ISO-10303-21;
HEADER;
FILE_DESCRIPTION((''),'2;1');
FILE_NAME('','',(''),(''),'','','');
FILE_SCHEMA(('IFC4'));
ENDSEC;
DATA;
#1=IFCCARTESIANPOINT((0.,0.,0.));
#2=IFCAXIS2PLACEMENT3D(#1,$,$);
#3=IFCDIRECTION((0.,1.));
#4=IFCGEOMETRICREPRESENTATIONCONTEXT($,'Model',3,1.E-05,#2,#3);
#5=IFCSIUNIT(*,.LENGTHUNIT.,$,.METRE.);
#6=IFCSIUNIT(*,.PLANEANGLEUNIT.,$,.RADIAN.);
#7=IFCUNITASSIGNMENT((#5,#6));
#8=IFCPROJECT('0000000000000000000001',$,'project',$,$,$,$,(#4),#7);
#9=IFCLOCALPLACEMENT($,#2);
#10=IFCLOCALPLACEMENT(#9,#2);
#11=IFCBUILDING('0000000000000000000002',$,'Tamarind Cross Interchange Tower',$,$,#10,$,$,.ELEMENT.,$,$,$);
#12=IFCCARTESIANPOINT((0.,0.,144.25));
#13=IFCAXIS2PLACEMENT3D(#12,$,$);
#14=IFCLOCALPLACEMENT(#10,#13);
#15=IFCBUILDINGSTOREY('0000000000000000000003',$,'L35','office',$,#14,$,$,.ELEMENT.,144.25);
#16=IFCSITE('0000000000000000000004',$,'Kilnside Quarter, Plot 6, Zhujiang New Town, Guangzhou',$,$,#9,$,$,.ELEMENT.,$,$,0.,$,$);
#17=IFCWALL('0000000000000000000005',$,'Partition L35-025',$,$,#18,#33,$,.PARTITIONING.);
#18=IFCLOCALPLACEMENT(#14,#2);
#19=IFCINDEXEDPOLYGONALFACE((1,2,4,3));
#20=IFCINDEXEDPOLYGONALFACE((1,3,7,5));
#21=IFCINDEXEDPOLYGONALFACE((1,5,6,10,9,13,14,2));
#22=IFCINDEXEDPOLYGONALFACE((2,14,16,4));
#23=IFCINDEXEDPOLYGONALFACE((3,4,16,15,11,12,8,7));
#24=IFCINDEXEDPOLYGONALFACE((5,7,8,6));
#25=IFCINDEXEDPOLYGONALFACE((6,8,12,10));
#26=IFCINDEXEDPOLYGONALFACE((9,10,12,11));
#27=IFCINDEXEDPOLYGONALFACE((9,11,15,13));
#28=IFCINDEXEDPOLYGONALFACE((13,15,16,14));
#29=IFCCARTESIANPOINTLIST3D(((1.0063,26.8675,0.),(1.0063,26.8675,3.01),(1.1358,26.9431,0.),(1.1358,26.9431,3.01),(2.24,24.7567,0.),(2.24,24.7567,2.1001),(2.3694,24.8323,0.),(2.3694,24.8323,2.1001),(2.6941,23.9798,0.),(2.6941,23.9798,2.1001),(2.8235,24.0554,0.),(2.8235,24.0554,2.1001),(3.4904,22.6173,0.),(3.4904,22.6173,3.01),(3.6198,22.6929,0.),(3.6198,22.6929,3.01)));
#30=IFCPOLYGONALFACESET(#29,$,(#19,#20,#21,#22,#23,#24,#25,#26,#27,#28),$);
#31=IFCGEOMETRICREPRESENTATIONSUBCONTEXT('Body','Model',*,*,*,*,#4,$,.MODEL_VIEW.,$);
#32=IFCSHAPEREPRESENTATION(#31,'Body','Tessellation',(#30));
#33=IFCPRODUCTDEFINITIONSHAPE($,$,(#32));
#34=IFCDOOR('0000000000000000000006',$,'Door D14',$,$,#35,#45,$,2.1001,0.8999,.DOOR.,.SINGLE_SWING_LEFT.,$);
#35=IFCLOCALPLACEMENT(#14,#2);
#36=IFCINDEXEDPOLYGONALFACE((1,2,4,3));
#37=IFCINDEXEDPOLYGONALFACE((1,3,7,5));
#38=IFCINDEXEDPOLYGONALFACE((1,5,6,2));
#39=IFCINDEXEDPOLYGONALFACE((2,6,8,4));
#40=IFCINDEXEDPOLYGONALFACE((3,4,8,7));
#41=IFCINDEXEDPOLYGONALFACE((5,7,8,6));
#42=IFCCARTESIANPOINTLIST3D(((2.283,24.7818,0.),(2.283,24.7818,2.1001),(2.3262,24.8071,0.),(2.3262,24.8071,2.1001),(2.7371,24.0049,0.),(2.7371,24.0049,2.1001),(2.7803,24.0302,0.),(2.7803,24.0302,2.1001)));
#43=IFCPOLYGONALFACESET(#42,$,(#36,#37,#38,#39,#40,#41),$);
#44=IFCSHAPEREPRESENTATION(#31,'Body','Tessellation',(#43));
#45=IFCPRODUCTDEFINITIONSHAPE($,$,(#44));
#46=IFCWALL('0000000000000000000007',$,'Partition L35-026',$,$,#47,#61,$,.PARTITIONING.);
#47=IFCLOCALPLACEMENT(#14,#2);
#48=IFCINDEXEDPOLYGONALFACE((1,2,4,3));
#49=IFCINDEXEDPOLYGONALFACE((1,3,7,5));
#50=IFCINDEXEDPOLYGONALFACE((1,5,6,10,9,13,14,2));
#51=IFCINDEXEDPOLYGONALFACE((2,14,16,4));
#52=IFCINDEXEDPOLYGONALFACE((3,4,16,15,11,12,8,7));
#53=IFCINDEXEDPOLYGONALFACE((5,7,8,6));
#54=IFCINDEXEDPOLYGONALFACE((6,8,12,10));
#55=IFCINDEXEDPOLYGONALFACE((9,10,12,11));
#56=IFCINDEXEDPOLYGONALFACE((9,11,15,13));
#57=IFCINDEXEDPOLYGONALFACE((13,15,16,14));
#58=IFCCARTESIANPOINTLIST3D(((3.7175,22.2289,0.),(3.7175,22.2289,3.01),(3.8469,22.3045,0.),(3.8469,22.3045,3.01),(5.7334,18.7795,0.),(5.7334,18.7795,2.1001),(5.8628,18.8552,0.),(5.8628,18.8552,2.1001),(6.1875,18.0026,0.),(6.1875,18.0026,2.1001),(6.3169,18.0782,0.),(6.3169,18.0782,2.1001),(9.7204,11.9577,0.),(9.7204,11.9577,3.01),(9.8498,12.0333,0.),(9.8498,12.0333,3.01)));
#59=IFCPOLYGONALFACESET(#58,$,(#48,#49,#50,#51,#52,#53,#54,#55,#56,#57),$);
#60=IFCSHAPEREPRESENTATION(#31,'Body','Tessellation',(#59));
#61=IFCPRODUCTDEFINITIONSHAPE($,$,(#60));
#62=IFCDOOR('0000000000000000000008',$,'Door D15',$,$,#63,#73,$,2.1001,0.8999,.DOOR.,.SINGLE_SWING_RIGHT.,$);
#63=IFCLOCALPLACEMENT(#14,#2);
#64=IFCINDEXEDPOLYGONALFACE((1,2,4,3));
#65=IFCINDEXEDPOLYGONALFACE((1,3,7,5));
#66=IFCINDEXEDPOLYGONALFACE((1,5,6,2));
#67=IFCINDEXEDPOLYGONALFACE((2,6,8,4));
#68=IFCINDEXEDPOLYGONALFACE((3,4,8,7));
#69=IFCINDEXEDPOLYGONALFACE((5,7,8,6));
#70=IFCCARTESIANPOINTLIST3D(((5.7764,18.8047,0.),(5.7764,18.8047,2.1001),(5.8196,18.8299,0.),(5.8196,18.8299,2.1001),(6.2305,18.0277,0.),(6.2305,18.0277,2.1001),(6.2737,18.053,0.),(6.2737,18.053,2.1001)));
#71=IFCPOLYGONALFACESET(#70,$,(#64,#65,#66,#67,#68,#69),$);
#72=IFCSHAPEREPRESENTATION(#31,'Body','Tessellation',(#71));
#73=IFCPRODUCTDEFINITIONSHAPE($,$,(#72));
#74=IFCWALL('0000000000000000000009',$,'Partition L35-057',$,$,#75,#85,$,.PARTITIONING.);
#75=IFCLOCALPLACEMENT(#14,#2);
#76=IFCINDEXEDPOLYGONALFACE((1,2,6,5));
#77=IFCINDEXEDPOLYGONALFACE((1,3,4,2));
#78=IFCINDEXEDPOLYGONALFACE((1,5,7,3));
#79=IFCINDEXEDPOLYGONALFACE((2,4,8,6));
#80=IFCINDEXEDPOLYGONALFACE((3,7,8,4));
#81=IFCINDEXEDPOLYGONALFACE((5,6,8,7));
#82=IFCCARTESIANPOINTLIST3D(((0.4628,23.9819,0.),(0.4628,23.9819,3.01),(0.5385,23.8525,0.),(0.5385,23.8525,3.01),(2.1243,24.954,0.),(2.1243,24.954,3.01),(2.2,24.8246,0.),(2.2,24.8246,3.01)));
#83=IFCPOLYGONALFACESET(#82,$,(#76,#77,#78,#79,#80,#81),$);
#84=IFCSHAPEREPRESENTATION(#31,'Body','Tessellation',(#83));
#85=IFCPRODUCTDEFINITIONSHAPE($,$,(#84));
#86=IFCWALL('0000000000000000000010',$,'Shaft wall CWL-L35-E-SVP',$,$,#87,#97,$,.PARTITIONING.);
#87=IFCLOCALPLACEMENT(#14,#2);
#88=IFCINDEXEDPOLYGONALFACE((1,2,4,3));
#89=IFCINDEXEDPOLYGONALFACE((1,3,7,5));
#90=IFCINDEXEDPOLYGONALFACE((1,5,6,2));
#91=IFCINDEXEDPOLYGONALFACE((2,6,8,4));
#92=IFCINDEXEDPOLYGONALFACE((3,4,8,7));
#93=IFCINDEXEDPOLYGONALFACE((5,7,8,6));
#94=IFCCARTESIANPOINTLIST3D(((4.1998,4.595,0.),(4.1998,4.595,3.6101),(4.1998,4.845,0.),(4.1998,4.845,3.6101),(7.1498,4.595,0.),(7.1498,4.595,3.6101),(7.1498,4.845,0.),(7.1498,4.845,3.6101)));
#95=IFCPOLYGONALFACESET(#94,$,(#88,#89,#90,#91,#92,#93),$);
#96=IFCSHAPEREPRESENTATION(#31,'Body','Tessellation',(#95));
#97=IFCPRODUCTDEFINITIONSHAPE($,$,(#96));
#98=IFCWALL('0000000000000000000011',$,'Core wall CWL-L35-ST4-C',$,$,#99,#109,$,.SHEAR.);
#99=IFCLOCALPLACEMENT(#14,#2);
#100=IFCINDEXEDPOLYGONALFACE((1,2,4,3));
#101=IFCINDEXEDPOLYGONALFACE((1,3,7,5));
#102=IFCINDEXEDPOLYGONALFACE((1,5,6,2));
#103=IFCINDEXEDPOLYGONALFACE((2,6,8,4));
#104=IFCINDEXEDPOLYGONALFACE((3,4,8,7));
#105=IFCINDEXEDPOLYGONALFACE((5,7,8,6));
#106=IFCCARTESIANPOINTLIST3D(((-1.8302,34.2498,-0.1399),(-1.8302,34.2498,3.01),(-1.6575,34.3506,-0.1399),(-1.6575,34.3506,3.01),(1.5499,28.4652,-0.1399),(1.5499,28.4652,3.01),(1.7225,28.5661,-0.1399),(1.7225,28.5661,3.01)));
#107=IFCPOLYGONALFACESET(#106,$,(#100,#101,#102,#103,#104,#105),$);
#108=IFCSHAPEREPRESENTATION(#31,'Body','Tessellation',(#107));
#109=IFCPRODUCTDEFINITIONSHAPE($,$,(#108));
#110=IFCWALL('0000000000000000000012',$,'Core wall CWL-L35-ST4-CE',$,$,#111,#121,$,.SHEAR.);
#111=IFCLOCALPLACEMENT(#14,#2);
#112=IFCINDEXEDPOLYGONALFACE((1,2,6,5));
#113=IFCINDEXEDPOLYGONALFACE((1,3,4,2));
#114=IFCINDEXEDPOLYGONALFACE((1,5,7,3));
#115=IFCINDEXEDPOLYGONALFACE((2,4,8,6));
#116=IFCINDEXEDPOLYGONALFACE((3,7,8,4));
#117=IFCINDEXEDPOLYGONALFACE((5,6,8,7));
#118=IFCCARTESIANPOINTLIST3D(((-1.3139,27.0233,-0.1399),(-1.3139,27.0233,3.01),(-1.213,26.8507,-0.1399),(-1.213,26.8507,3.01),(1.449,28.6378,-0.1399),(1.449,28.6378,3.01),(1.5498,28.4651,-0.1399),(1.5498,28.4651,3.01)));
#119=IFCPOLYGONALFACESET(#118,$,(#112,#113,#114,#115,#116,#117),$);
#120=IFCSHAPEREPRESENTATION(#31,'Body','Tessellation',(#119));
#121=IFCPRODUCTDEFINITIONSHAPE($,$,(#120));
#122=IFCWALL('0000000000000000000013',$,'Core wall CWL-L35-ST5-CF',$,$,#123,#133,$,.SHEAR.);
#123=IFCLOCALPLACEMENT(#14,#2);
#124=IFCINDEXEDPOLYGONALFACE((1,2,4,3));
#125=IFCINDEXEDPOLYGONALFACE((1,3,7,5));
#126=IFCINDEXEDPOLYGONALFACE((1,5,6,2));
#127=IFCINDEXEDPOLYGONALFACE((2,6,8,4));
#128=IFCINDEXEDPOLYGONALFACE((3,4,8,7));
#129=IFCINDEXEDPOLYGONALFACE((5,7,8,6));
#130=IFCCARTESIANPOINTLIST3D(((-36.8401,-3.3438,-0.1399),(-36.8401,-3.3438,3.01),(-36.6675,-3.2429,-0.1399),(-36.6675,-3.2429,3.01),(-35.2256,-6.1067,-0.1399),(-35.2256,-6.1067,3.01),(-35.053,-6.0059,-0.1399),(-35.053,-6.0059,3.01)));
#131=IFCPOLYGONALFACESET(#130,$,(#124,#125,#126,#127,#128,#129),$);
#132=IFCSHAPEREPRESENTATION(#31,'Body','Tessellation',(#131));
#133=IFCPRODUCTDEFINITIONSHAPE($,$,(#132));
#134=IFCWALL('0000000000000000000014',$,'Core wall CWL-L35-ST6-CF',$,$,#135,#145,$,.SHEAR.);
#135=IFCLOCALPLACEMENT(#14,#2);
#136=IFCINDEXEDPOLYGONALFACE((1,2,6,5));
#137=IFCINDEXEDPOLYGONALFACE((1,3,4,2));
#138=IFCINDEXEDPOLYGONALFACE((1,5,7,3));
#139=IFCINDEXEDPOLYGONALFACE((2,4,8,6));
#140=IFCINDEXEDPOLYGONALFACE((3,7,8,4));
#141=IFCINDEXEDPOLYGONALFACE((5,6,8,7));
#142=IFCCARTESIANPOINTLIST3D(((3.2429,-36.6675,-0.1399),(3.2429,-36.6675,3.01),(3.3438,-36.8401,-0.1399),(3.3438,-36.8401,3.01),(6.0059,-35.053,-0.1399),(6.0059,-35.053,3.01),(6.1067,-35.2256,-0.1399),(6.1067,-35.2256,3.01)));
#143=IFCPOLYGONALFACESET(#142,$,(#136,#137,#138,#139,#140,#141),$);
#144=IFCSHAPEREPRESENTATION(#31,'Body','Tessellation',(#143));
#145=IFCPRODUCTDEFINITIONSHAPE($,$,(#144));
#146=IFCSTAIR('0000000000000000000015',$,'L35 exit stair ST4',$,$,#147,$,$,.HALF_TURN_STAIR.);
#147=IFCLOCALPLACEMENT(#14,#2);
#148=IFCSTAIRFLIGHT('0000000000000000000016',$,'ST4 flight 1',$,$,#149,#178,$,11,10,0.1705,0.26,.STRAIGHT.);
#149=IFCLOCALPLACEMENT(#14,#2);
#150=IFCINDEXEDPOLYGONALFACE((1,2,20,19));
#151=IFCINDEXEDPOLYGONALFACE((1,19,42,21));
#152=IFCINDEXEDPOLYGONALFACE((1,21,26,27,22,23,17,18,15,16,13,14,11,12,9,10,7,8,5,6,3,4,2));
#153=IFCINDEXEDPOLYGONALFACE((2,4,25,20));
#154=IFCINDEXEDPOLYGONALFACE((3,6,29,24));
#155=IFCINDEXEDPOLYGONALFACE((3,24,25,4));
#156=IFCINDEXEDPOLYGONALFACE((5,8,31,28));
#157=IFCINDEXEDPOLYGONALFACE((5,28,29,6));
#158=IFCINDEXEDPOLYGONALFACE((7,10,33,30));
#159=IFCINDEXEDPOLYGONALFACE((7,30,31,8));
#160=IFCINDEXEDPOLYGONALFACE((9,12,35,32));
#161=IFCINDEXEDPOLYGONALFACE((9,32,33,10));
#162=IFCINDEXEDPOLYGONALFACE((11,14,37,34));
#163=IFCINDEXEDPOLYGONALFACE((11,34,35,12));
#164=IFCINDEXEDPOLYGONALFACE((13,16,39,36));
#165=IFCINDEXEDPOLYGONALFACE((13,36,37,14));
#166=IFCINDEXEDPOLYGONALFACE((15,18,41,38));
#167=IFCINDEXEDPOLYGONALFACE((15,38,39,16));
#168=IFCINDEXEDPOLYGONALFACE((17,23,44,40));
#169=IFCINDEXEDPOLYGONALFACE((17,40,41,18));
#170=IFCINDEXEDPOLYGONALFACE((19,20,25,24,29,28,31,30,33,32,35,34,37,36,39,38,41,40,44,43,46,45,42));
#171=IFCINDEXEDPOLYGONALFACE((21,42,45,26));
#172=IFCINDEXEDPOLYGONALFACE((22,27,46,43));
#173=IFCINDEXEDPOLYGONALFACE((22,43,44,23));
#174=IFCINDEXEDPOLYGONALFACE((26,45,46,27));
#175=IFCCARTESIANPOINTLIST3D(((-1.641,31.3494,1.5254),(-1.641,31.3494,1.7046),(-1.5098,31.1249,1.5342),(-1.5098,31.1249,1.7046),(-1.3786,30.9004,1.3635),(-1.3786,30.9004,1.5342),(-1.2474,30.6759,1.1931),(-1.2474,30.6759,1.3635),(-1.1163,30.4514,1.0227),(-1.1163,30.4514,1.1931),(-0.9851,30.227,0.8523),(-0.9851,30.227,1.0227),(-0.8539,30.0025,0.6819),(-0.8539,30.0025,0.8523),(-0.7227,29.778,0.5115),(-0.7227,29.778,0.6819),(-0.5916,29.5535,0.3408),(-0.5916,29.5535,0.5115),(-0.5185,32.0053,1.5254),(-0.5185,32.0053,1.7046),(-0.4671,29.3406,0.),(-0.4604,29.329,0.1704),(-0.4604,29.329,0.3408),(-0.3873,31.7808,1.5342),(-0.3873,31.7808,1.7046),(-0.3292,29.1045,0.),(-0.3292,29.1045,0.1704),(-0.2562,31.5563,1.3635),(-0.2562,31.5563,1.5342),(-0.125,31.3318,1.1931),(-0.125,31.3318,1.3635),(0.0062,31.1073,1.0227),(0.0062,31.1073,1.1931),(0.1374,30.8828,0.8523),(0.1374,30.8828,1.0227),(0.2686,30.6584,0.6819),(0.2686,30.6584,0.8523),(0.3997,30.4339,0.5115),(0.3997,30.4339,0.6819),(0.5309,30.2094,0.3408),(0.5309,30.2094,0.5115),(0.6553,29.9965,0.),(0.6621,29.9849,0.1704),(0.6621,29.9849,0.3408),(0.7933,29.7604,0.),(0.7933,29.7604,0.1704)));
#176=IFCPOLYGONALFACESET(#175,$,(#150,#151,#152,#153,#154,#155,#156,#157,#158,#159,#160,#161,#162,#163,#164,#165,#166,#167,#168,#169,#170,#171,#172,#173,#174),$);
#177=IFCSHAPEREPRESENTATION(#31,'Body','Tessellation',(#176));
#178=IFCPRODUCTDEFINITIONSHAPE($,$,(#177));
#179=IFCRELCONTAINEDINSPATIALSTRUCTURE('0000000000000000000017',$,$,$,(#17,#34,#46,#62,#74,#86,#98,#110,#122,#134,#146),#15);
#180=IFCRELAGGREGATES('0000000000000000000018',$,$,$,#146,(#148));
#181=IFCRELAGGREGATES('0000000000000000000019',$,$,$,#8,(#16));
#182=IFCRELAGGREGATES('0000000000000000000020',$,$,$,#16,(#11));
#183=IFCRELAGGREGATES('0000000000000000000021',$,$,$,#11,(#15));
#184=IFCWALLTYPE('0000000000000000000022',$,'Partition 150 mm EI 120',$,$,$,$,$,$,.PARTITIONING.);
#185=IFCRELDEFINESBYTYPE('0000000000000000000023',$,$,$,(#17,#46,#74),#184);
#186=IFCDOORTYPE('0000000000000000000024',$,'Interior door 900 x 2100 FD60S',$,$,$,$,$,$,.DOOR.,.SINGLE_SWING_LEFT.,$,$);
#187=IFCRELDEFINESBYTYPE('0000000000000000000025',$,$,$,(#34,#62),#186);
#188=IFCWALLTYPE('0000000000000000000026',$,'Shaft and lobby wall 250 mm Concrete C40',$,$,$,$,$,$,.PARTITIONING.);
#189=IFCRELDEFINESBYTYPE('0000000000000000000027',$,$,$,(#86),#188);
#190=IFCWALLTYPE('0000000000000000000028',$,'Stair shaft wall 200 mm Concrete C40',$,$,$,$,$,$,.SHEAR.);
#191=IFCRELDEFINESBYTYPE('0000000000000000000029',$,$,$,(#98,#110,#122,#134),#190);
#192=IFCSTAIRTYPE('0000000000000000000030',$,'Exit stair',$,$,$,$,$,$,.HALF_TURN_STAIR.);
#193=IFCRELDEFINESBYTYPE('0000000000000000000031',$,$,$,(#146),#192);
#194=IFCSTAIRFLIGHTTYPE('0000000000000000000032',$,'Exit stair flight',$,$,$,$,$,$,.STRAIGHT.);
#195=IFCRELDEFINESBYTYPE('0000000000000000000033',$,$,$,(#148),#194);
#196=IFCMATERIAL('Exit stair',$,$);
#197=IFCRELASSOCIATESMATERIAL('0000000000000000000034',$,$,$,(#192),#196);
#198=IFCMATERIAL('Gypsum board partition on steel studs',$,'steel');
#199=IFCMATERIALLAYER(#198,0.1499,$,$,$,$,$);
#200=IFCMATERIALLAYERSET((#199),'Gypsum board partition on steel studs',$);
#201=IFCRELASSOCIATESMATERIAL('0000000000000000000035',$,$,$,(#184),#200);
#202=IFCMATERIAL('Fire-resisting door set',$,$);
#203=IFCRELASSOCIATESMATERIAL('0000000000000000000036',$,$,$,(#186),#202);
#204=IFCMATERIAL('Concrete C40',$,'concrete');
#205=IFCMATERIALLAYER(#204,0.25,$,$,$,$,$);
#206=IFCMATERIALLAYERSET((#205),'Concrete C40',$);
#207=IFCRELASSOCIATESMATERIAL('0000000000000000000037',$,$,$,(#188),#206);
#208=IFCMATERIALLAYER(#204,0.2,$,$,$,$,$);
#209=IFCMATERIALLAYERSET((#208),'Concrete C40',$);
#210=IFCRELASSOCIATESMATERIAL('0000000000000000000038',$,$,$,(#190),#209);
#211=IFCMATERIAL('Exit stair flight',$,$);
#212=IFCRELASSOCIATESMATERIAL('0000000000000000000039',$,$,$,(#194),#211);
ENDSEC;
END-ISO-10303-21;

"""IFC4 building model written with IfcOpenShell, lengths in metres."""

from ifc_helpers import new_model, si_unit, direction, frame, frame_2d, origin, place, context, subcontext, project, spatial, polyline, rectangle, outline, extrude, material, layer, layer_set, type_object, element, fill, aggregate, save


model = new_model("IFC4")

# Units and contexts
model_context = context("Model", 3, precision=1e-05, world=origin(), true_north=direction((0.0, 1.0)))
body_context = subcontext(model_context, "Body", "Model", "MODEL_VIEW")
ifc_project = project(units=[si_unit("LENGTHUNIT", "METRE"), si_unit("PLANEANGLEUNIT", "RADIAN")], contexts=[model_context])

# Site, building, storey
site_placement = place(None, origin())
site = spatial("IfcSite", under=ifc_project, at=site_placement, Name="Kilnside Quarter, Plot 6, Zhujiang New Town, Guangzhou", CompositionType="ELEMENT", RefElevation=0.0)
building_placement = place(site_placement, origin())
building = spatial("IfcBuilding", under=site, at=building_placement, Name="Tamarind Cross Interchange Tower", CompositionType="ELEMENT")
storey_placement = place(building_placement, frame((0.0, 0.0, 144.25)))
storey = spatial("IfcBuildingStorey", under=building, at=storey_placement, Name="L35", Description="office", CompositionType="ELEMENT", Elevation=144.25)

# Shared definitions
ifc_material_1 = material(Name="Exit stair")
stair_type = type_object("IfcStairType", Name="Exit stair", PredefinedType="HALF_TURN_STAIR", material=ifc_material_1)
ifc_material_2 = material(Name="Concrete C40", Category="concrete")

# Shared definitions
ifc_material_3 = material(Name="Gypsum board partition on steel studs", Category="steel")

# Walls, openings, doors
ifc_layer_1 = layer(ifc_material_3, 0.1499)
ifc_layer_set_1 = layer_set([ifc_layer_1], Name="Gypsum board partition on steel studs")
wall_type_1 = type_object("IfcWallType", Name="Partition 150 mm EI 120", PredefinedType="PARTITIONING", material=ifc_layer_set_1)
wall_1_placement = place(storey_placement, frame((1.071, 26.9053, 0.0), z_axis=(0.0, 0.0, 1.0), x_axis=(0.504602, -0.863352, 0.0)))
wall_1 = element("IfcWall", 1, at=wall_1_placement, inside=storey, type_object=wall_type_1, Name="Partition L35-025", PredefinedType="PARTITIONING", context=body_context, shape_type="SweptSolid", body=[
    extrude(rectangle(XDim=4.9229, YDim=0.1499, at=frame_2d((2.4614, 0.0))), origin(), (0.0, 0.0, 1.0), 3.01),
])
opening_1_placement = place(wall_1_placement, frame((2.4448, 0.0, 0.0)))
opening_1 = element("IfcOpeningElement", 2, at=opening_1_placement, cuts=wall_1, PredefinedType="OPENING", context=body_context, shape_type="SweptSolid", body=[
    extrude(rectangle(XDim=0.8999, YDim=2.1001, at=frame_2d((0.45, 1.05))), frame((0.0, 0.085, 0.0), z_axis=(0.0, -1.0, 0.0), x_axis=(1.0, 0.0, 0.0)), (0.0, 0.0, 1.0), 0.1699),
])
ifc_material_4 = material(Name="Fire-resisting door set")
door_type = type_object("IfcDoorType", Name="Interior door 900 x 2100 FD60S", OperationType="SINGLE_SWING_LEFT", PredefinedType="DOOR", material=ifc_material_4)
door_1_placement = place(opening_1_placement, origin())
door_1 = element("IfcDoor", 3, at=door_1_placement, inside=storey, type_object=door_type, Name="Door D14", OperationType="SINGLE_SWING_LEFT", OverallHeight=2.1001, OverallWidth=0.8999, PredefinedType="DOOR", context=body_context, shape_type="SweptSolid", body=[
    extrude(rectangle(XDim=0.8999, YDim=2.1001, at=frame_2d((0.45, 1.05))), frame((0.0, 0.0249, 0.0), z_axis=(0.0, -1.0, 0.0), x_axis=(1.0, 0.0, 0.0)), (0.0, 0.0, 1.0), 0.05),
])
fill(opening_1, door_1)
wall_2_placement = place(storey_placement, frame((3.7822, 22.2666, 0.0), z_axis=(0.0, 0.0, 1.0), x_axis=(0.504584, -0.863363, 0.0)))
wall_2 = element("IfcWall", 4, at=wall_2_placement, inside=storey, type_object=wall_type_1, Name="Partition L35-026", PredefinedType="PARTITIONING", context=body_context, shape_type="SweptSolid", body=[
    extrude(rectangle(XDim=11.8967, YDim=0.1499, at=frame_2d((5.9482, 0.0))), origin(), (0.0, 0.0, 1.0), 3.01),
])
opening_2_placement = place(wall_2_placement, frame((3.9951, 0.0, 0.0)))
opening_2 = element("IfcOpeningElement", 5, at=opening_2_placement, cuts=wall_2, PredefinedType="OPENING", context=body_context, shape_type="SweptSolid", body=[
    extrude(rectangle(XDim=0.8999, YDim=2.1001, at=frame_2d((0.45, 1.05))), frame((0.0, 0.085, 0.0), z_axis=(0.0, -1.0, 0.0), x_axis=(1.0, 0.0, 0.0)), (0.0, 0.0, 1.0), 0.1699),
])
door_2_placement = place(opening_2_placement, origin())
door_2 = element("IfcDoor", 6, at=door_2_placement, inside=storey, type_object=door_type, Name="Door D15", OperationType="SINGLE_SWING_RIGHT", OverallHeight=2.1001, OverallWidth=0.8999, PredefinedType="DOOR", context=body_context, shape_type="SweptSolid", body=[
    extrude(rectangle(XDim=0.8999, YDim=2.1001, at=frame_2d((0.45, 1.05))), frame((0.0, 0.0249, 0.0), z_axis=(0.0, -1.0, 0.0), x_axis=(1.0, 0.0, 0.0)), (0.0, 0.0, 1.0), 0.05),
])
fill(opening_2, door_2)

# Walls
wall_3_placement = place(storey_placement, frame((0.5007, 23.9172, 0.0), z_axis=(0.0, 0.0, 1.0), x_axis=(0.863125, 0.50499, 0.0)))
element("IfcWall", 7, at=wall_3_placement, inside=storey, type_object=wall_type_1, Name="Partition L35-057", PredefinedType="PARTITIONING", context=body_context, shape_type="SweptSolid", body=[
    extrude(rectangle(XDim=1.925, YDim=0.1499, at=frame_2d((0.9624, 0.0))), origin(), (0.0, 0.0, 1.0), 3.01),
])
ifc_layer_2 = layer(ifc_material_2, 0.25)
ifc_layer_set_2 = layer_set([ifc_layer_2], Name="Concrete C40")
wall_type_2 = type_object("IfcWallType", Name="Shaft and lobby wall 250 mm Concrete C40", PredefinedType="PARTITIONING", material=ifc_layer_set_2)
wall_4_placement = place(storey_placement, frame((7.1499, 4.72, 0.0), z_axis=(0.0, 0.0, 1.0), x_axis=(-1.0, 0.0, 0.0)))
element("IfcWall", 8, at=wall_4_placement, inside=storey, type_object=wall_type_2, Name="Shaft wall CWL-L35-E-SVP", PredefinedType="PARTITIONING", context=body_context, shape_type="SweptSolid", body=[
    extrude(rectangle(XDim=2.95, YDim=0.25, at=frame_2d((1.4751, 0.0))), origin(), (0.0, 0.0, 1.0), 3.6101),
])
ifc_layer_3 = layer(ifc_material_2, 0.2)
ifc_layer_set_3 = layer_set([ifc_layer_3], Name="Concrete C40")
wall_type_3 = type_object("IfcWallType", Name="Stair shaft wall 200 mm Concrete C40", PredefinedType="SHEAR", material=ifc_layer_set_3)
wall_5_placement = place(storey_placement, frame((1.6362, 28.5156, -0.1399), z_axis=(0.0, 0.0, 1.0), x_axis=(-0.50451, 0.863406, 0.0)))
element("IfcWall", 9, at=wall_5_placement, inside=storey, type_object=wall_type_3, Name="Core wall CWL-L35-ST4-C", PredefinedType="SHEAR", context=body_context, shape_type="SweptSolid", body=[
    extrude(rectangle(XDim=6.6997, YDim=0.2, at=frame_2d((3.3499, 0.0))), origin(), (0.0, 0.0, 1.0), 3.1499),
])
wall_6_placement = place(storey_placement, frame((1.4995, 28.5515, -0.1399), z_axis=(0.0, 0.0, 1.0), x_axis=(-0.8634, -0.504521, 0.0)))
element("IfcWall", 10, at=wall_6_placement, inside=storey, type_object=wall_type_3, Name="Core wall CWL-L35-ST4-CE", PredefinedType="SHEAR", context=body_context, shape_type="SweptSolid", body=[
    extrude(rectangle(XDim=3.2, YDim=0.2, at=frame_2d((1.6001, 0.0))), origin(), (0.0, 0.0, 1.0), 3.1499),
])
wall_7_placement = place(storey_placement, frame((0.0, 0.0, -0.1399)))
element("IfcWall", 11, at=wall_7_placement, inside=storey, type_object=wall_type_3, Name="Core wall CWL-L35-ST5-CF", PredefinedType="SHEAR", context=body_context, shape_type="SweptSolid", body=[
    extrude(outline(polyline([(-36.6675, -3.2429), (-36.8401, -3.3438), (-35.2256, -6.1067), (-35.053, -6.0059), (-36.6675, -3.2429)])), origin(), (0.0, 0.0, 1.0), 3.1499),
])
wall_8_placement = place(storey_placement, frame((0.0, 0.0, -0.1399)))
element("IfcWall", 12, at=wall_8_placement, inside=storey, type_object=wall_type_3, Name="Core wall CWL-L35-ST6-CF", PredefinedType="SHEAR", context=body_context, shape_type="SweptSolid", body=[
    extrude(outline(polyline([(3.2429, -36.6675), (3.3438, -36.8401), (6.1067, -35.2256), (6.0059, -35.053), (3.2429, -36.6675)])), origin(), (0.0, 0.0, 1.0), 3.1499),
])

# Stair, stair flight
stair_1_placement = place(storey_placement, origin())
stair_1 = element("IfcStair", 13, at=stair_1_placement, inside=storey, type_object=stair_type, Name="L35 exit stair ST4", PredefinedType="HALF_TURN_STAIR")
ifc_material_5 = material(Name="Exit stair flight")
stair_flight_type = type_object("IfcStairFlightType", Name="Exit stair flight", PredefinedType="STRAIGHT", material=ifc_material_5)
stair_flight_placement = place(storey_placement, frame((0.2319, 29.4324, 0.0), z_axis=(0.0, 0.0, 1.0), x_axis=(-0.504516, 0.863403, 0.0)))
stair_flight = element("IfcStairFlight", 14, at=stair_flight_placement, type_object=stair_flight_type, Name="ST4 flight 1", NumberOfRisers=11, NumberOfTreads=10, PredefinedType="STRAIGHT", RiserHeight=0.1705, TreadLength=0.26, context=body_context, shape_type="SweptSolid", body=[
    extrude(outline(polyline([(0.0, 0.0), (0.0, 0.1704), (0.26, 0.1704), (0.26, 0.3408), (0.52, 0.3408), (0.52, 0.5115), (0.78, 0.5115), (0.78, 0.6819), (1.04, 0.6819), (1.04, 0.8523), (1.3, 0.8523), (1.3, 1.0227), (1.5601, 1.0227), (1.5601, 1.1931), (1.8201, 1.1931), (1.8201, 1.3635), (2.0801, 1.3635), (2.0801, 1.5342), (2.3401, 1.5342), (2.3401, 1.7046), (2.6001, 1.7046), (2.6001, 1.875), (2.6001, 1.5254), (0.2734, 0.0), (0.0, 0.0)])), frame((0.0, 0.6499, 0.0), z_axis=(0.0, -1.0, 0.0), x_axis=(1.0, 0.0, 0.0)), (0.0, 0.0, 1.0), 1.3),
])
aggregate(stair_1, [stair_flight])

save(model, "model.ifc")
